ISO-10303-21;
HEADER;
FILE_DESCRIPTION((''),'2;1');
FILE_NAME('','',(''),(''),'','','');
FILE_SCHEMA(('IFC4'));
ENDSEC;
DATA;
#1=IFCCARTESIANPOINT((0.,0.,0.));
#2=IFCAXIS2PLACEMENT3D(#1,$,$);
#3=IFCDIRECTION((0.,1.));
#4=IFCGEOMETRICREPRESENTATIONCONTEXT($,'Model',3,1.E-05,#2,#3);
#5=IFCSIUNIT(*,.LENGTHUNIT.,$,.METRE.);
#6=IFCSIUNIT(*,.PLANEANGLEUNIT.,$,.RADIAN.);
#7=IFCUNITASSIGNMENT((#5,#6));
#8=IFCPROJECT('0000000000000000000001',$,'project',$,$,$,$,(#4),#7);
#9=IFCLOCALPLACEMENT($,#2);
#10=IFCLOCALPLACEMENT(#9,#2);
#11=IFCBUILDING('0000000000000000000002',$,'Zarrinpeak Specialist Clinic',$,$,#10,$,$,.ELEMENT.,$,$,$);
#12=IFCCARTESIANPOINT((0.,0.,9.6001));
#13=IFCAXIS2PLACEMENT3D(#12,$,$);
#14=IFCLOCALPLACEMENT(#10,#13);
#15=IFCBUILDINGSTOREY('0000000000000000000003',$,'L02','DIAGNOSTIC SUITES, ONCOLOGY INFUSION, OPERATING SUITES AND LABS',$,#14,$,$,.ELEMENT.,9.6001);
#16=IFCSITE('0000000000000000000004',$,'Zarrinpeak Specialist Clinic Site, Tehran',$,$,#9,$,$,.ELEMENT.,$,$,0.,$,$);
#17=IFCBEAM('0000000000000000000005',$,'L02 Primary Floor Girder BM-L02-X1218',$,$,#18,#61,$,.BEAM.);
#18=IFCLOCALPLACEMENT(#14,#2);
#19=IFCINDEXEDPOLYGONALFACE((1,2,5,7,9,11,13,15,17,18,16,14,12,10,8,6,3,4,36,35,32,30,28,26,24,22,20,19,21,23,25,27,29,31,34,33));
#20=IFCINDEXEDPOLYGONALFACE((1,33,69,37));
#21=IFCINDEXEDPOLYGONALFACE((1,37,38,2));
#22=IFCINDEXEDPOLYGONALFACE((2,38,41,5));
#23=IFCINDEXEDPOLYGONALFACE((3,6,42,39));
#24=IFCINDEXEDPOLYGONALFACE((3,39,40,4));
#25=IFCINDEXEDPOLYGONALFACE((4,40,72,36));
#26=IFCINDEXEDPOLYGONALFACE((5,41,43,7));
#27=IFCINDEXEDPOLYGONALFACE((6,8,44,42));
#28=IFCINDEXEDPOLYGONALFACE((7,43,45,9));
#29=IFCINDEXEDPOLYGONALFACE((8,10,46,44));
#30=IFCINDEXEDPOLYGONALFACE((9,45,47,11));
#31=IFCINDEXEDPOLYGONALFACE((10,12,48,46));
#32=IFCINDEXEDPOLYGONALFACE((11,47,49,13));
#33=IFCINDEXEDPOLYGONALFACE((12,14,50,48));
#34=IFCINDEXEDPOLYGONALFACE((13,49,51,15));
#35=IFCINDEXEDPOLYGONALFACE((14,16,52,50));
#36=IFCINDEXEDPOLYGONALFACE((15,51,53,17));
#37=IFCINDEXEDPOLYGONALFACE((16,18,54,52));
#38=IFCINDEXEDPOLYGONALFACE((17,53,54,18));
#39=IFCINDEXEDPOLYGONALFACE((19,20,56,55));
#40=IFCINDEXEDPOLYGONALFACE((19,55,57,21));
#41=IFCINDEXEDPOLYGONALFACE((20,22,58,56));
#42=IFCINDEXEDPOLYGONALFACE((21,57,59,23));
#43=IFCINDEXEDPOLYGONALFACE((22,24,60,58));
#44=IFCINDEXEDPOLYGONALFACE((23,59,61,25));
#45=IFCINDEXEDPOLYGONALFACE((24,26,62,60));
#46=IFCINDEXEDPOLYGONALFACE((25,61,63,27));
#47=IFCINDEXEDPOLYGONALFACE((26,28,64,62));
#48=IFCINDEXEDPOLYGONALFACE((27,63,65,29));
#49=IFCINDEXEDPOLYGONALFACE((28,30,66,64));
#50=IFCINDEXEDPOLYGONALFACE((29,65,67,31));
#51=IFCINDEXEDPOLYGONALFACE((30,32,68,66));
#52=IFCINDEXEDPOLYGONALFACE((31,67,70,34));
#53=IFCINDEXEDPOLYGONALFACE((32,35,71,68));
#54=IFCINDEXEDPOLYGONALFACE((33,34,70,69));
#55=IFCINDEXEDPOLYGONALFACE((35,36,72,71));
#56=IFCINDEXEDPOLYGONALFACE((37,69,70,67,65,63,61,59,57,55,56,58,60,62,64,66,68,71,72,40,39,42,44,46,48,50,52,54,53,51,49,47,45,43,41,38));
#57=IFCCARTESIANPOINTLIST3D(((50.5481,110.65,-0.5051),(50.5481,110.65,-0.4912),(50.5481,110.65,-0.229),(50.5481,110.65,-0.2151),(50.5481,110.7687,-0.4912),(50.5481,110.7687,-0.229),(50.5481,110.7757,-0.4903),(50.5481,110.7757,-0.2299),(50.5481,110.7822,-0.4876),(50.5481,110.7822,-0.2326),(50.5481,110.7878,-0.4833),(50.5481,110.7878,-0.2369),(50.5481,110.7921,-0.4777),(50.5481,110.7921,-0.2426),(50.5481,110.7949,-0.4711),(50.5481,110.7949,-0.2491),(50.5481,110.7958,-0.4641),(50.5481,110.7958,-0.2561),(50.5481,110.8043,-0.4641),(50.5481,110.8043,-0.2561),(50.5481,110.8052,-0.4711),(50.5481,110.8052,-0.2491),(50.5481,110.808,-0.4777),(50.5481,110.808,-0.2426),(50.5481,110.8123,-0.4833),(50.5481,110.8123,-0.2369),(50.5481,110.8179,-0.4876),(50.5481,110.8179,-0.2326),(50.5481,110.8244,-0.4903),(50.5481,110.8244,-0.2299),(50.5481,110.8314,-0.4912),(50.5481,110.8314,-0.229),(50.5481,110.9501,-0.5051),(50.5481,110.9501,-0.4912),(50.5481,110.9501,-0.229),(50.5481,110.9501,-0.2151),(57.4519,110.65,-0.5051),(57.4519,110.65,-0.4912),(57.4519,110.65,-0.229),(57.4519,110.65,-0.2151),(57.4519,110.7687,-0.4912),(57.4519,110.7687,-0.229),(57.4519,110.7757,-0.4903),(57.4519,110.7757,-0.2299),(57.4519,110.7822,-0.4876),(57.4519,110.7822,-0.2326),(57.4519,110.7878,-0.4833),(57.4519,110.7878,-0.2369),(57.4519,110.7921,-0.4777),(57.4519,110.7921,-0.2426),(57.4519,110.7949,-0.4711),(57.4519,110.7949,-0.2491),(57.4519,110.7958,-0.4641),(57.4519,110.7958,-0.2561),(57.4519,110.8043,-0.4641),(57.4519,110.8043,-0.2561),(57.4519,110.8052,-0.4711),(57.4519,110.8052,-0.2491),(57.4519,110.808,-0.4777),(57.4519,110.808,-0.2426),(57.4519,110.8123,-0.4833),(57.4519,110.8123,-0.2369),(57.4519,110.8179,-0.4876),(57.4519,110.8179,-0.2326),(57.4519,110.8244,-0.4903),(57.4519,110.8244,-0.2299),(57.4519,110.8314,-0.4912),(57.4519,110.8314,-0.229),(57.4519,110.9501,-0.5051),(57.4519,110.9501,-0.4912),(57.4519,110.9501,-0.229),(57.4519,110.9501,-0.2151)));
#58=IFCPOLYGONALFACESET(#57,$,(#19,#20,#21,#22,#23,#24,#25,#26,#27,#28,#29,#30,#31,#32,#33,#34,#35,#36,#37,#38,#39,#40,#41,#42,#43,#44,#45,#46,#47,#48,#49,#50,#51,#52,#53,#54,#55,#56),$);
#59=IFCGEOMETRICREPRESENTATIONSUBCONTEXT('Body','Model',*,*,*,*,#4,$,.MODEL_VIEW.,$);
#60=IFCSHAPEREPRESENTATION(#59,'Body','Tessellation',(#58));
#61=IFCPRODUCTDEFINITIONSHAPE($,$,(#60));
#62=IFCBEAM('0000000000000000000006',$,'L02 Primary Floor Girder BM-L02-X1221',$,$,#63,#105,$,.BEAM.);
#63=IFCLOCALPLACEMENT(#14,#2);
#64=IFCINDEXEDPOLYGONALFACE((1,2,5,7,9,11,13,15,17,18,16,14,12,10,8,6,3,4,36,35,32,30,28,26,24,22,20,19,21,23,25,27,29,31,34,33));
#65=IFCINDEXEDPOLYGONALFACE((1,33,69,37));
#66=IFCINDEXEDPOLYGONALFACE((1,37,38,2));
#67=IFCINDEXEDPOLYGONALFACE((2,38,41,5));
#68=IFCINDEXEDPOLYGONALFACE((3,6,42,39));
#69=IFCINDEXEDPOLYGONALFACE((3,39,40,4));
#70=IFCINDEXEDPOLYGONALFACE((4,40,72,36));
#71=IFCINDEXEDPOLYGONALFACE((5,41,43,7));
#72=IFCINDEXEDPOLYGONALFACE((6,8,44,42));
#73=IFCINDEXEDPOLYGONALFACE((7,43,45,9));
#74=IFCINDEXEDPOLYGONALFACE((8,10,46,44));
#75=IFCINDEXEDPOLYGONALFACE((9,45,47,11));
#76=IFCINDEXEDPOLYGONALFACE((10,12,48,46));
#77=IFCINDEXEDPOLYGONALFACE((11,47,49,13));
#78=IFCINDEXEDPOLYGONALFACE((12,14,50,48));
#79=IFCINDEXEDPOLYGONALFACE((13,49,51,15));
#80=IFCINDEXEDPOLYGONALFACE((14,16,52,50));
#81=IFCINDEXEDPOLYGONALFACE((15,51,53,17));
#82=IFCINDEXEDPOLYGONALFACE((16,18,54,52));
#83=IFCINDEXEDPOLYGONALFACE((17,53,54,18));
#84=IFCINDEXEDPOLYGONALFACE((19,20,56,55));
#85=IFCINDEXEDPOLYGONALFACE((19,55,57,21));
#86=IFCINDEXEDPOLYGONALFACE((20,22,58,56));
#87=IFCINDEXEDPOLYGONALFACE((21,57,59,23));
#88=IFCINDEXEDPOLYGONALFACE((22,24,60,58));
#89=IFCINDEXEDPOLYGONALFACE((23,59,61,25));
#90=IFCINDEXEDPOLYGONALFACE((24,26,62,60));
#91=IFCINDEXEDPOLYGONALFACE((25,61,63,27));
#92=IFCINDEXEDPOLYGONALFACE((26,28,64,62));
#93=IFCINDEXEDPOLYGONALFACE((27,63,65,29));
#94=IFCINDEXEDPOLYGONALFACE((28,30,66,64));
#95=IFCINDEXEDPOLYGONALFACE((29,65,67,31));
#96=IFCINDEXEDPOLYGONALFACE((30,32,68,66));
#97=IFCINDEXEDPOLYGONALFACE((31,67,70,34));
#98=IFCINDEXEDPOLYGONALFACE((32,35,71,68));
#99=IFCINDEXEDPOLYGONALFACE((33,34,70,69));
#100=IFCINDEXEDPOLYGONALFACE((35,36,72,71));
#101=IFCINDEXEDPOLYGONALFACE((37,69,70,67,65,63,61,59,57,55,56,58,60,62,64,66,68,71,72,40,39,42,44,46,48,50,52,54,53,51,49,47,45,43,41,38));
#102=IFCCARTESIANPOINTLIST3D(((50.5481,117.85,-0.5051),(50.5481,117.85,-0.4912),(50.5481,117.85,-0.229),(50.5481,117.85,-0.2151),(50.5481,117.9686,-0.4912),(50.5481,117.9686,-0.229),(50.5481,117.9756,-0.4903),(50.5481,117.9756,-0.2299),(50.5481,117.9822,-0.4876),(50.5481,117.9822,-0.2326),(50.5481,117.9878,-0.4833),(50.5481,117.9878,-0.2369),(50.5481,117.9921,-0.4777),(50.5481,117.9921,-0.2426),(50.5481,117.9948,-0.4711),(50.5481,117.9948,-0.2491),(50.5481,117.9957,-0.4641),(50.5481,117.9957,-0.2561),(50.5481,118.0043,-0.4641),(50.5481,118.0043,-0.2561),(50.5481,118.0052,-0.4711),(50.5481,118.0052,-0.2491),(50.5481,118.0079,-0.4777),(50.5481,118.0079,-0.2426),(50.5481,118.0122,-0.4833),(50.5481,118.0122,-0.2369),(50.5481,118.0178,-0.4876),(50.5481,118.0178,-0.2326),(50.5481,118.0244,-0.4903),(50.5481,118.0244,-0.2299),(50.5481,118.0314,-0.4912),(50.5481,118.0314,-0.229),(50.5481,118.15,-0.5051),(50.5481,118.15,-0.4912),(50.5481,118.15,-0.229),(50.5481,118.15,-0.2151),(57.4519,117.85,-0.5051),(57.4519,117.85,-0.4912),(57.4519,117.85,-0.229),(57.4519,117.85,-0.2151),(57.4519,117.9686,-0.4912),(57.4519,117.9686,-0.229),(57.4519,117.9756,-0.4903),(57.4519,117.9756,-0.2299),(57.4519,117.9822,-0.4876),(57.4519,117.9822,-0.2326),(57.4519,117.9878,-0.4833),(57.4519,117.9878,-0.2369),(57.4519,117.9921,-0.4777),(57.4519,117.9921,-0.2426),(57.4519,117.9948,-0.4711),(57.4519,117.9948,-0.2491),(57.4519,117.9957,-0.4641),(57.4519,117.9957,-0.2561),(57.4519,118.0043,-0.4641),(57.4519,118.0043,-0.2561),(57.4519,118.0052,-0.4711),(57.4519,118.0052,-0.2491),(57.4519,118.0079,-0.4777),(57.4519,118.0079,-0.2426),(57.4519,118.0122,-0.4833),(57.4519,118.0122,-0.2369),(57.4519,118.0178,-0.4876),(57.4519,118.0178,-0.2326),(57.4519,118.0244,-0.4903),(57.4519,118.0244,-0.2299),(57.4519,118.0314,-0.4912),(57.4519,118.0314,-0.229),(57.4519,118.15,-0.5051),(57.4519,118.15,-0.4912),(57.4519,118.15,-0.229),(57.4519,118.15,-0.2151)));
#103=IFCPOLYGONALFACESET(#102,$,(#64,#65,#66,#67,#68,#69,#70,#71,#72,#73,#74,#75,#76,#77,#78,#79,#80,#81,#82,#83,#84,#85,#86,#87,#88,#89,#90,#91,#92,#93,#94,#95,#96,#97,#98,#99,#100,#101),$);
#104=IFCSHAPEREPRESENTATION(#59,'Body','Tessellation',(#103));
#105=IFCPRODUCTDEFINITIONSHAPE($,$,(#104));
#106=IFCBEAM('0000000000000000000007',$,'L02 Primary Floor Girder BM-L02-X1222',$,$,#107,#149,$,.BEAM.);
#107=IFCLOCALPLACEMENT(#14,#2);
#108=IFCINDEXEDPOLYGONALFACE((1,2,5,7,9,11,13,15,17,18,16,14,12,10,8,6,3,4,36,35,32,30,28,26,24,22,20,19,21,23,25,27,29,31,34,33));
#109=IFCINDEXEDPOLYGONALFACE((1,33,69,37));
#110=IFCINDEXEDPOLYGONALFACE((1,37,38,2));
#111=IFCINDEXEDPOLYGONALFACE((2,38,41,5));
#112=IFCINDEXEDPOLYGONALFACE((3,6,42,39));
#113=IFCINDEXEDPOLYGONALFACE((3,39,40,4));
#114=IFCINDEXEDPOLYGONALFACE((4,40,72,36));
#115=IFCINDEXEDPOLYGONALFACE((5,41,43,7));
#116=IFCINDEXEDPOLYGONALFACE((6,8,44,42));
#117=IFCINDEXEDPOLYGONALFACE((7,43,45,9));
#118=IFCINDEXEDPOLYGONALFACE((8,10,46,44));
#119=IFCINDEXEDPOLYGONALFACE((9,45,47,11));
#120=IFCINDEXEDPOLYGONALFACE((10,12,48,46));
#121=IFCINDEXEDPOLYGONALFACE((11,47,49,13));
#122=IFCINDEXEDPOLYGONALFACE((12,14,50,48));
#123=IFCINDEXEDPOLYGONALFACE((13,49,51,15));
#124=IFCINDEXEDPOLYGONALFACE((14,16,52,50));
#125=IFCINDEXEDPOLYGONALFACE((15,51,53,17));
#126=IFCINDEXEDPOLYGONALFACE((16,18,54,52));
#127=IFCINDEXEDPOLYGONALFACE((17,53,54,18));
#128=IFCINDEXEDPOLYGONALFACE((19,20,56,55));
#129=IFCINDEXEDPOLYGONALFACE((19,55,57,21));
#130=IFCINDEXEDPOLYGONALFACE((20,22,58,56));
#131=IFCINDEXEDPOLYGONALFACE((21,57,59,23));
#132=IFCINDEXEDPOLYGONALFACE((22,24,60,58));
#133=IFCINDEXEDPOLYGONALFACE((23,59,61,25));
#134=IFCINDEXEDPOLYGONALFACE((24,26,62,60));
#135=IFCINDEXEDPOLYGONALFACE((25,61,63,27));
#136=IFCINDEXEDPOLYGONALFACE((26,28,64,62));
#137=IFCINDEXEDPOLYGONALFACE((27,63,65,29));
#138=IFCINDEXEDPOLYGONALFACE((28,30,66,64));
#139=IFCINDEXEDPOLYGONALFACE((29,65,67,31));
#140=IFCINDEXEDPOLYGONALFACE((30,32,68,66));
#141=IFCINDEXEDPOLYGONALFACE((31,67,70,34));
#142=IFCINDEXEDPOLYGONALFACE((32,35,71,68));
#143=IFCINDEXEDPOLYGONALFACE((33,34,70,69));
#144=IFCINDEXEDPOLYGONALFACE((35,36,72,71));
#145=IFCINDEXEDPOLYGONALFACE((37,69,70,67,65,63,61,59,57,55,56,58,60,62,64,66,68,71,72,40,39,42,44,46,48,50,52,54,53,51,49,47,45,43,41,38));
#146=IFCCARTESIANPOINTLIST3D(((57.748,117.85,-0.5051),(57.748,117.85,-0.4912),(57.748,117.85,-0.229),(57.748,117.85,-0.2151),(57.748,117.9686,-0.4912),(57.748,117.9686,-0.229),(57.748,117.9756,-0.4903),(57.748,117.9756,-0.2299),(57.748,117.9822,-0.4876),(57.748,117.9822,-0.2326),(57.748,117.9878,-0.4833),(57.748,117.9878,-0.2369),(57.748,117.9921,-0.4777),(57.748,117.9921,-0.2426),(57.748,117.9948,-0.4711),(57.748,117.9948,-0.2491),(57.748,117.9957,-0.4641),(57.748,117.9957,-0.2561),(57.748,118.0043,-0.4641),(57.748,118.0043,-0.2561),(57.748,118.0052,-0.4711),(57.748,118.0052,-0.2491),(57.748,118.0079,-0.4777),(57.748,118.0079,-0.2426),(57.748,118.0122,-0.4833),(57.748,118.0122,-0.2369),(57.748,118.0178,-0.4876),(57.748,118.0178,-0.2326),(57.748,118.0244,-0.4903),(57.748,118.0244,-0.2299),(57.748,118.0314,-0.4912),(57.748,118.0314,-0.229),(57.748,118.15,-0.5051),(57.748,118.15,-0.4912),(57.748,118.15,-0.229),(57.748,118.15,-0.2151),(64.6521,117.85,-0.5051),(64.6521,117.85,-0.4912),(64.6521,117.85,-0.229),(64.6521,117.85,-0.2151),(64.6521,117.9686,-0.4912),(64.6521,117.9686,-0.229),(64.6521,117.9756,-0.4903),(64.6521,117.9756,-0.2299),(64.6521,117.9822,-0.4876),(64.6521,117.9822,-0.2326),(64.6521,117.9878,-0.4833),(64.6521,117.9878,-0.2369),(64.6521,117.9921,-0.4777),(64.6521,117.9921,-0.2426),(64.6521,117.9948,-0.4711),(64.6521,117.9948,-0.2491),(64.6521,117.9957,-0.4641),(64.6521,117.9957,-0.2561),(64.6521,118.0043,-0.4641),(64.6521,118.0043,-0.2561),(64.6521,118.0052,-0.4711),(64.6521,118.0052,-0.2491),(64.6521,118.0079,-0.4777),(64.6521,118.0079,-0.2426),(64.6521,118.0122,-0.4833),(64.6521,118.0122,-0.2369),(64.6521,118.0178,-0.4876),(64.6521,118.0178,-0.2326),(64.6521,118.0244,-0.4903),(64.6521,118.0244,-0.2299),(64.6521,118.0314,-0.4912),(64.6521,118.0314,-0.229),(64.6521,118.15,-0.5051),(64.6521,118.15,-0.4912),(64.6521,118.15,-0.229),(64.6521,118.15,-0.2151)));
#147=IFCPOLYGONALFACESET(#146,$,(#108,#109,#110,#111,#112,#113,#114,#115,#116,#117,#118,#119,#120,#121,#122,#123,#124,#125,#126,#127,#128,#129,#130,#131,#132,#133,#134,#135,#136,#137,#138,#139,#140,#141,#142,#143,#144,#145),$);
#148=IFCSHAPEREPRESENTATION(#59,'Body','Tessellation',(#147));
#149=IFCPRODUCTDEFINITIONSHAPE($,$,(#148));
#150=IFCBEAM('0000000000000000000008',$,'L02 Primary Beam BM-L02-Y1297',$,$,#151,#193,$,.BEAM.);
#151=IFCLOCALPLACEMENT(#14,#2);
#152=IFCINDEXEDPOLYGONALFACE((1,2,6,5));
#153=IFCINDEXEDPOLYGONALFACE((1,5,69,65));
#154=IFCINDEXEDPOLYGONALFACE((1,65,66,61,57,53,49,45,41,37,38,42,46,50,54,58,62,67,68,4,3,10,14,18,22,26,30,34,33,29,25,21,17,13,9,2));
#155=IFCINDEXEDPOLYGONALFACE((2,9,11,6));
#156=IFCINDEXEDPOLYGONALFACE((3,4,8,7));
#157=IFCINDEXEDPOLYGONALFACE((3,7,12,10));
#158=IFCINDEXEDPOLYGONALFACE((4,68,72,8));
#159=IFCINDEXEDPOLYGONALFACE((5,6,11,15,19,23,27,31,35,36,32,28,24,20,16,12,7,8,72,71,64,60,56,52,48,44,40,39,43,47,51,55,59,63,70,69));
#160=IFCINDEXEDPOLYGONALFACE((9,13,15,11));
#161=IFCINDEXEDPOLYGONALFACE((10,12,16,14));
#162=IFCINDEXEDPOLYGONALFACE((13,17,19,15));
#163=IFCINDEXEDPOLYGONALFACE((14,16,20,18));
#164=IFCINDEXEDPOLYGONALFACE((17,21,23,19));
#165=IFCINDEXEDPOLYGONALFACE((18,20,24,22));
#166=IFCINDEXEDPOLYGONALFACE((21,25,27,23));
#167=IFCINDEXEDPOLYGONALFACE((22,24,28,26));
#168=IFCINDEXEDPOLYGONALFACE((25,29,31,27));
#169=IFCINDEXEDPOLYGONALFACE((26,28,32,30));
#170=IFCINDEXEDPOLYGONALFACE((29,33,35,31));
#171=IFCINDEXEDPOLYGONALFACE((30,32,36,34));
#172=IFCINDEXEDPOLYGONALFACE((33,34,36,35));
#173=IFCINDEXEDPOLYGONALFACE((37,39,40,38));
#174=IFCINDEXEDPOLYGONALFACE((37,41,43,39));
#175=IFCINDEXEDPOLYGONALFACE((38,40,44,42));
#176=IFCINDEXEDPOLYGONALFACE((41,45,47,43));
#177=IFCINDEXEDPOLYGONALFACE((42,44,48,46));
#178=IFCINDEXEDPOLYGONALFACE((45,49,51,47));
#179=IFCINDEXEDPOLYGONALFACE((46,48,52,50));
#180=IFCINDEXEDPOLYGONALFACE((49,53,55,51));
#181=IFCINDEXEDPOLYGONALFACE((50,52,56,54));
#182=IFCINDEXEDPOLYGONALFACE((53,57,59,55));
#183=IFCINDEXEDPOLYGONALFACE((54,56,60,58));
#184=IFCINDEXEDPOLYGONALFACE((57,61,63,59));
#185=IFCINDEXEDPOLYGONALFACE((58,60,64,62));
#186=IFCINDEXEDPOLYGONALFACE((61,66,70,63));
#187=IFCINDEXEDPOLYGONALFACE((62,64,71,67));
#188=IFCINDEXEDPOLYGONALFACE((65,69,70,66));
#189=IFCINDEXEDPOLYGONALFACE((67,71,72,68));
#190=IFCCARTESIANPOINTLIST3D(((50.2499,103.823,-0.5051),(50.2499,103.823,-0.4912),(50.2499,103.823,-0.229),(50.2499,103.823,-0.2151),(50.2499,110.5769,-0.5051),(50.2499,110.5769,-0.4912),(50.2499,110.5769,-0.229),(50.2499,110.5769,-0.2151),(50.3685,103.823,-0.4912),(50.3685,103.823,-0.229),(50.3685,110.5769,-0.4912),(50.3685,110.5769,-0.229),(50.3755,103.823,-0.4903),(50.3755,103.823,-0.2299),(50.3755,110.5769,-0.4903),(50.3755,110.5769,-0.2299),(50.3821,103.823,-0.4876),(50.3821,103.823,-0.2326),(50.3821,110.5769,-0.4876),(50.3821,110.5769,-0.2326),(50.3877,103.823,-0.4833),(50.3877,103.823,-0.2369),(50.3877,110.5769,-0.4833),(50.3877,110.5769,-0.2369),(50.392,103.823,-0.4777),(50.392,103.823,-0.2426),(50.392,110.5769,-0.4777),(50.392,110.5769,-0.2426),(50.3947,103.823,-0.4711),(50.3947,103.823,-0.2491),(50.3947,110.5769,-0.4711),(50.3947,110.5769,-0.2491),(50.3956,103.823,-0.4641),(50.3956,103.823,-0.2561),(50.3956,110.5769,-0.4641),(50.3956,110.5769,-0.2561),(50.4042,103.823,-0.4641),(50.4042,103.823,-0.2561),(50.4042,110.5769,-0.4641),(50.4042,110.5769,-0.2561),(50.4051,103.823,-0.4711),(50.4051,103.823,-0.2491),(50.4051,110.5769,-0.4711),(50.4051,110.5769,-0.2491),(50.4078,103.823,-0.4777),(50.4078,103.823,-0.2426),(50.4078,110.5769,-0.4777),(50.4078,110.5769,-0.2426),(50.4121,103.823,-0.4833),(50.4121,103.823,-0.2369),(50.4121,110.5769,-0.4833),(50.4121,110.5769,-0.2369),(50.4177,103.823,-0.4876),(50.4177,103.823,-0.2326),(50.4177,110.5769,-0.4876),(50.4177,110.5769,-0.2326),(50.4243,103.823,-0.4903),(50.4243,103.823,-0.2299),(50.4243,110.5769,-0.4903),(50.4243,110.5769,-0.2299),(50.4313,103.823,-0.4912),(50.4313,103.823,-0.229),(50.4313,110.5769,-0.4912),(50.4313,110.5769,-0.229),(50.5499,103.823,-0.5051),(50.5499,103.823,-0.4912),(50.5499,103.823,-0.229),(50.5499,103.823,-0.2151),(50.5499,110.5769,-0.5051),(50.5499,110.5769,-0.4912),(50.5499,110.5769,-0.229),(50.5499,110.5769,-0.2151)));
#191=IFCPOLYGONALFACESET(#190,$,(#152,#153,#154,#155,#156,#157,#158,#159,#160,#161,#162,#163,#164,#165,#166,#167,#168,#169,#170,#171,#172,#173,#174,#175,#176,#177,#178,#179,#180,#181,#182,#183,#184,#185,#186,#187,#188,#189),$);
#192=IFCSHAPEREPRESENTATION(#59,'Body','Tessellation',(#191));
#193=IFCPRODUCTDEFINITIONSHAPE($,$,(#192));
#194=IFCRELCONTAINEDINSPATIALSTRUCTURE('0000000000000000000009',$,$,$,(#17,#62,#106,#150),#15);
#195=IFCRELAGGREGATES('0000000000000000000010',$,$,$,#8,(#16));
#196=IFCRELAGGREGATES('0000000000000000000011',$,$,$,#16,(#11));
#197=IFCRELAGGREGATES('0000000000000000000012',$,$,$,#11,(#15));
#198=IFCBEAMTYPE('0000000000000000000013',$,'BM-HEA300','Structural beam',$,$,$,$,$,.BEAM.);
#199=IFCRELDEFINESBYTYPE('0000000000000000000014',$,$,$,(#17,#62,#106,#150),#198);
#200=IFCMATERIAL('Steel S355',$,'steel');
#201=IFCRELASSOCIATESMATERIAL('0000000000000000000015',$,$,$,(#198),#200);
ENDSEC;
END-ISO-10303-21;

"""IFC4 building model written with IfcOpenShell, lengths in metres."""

from ifc_helpers import new_model, si_unit, direction, frame, origin, origin_2d, place, context, subcontext, project, spatial, i_section, extrude, material, material_profile, profile_set, type_object, element, save


model = new_model("IFC4")

# Units and contexts
model_context = context("Model", 3, precision=1e-05, world=origin(), true_north=direction((0.0, 1.0)))
body_context = subcontext(model_context, "Body", "Model", "MODEL_VIEW")
ifc_project = project(units=[si_unit("LENGTHUNIT", "METRE"), si_unit("PLANEANGLEUNIT", "RADIAN")], contexts=[model_context])

# Site, building, storey
site_placement = place(None, origin())
site = spatial("IfcSite", under=ifc_project, at=site_placement, Name="Zarrinpeak Specialist Clinic Site, Tehran", CompositionType="ELEMENT", RefElevation=0.0)
building_placement = place(site_placement, origin())
building = spatial("IfcBuilding", under=site, at=building_placement, Name="Zarrinpeak Specialist Clinic", CompositionType="ELEMENT")
storey_placement = place(building_placement, frame((0.0, 0.0, 9.6001)))
storey = spatial("IfcBuildingStorey", under=building, at=storey_placement, Name="L02", Description="DIAGNOSTIC SUITES, ONCOLOGY INFUSION, OPERATING SUITES AND LABS", CompositionType="ELEMENT", Elevation=9.6001)

# Shared definitions
ifc_material_1 = material(Name="Steel S355", Category="steel")

# Beams
ifc_material_profile_1 = material_profile(ifc_material_1, i_section(OverallWidth=0.3, OverallDepth=0.29, WebThickness=0.0085, FlangeThickness=0.0139, FilletRadius=0.0271, at=origin_2d()), Name="HEA 300")
ifc_profile_set_1 = profile_set([ifc_material_profile_1], Name="Steel S355")
beam_type_1 = type_object("IfcBeamType", Name="BM-HEA300", Description="Structural beam", PredefinedType="BEAM", material=ifc_profile_set_1)
for number, where, z_axis, x_axis, name in (
    (1, (50.5481, 110.8, -0.3601), (1.0, 0.0, 0.0), (0.0, 1.0, 0.0), "L02 Primary Floor Girder BM-L02-X1218"),
    (2, (50.5481, 118.0, -0.3601), (1.0, 0.0, 0.0), (0.0, 1.0, 0.0), "L02 Primary Floor Girder BM-L02-X1221"),
):
    element("IfcBeam", number, at=place(storey_placement, frame(where, z_axis=z_axis, x_axis=x_axis)), inside=storey, type_object=beam_type_1, Name=name, PredefinedType="BEAM", context=body_context, shape_type="SweptSolid", body=[
        extrude(i_section(OverallWidth=0.3, OverallDepth=0.29, WebThickness=0.0085, FlangeThickness=0.0139, FilletRadius=0.0271, at=origin_2d()), origin(), (0.0, 0.0, 1.0), 6.9038),
    ])
beam_1_placement = place(storey_placement, frame((57.748, 118.0, -0.3601), z_axis=(1.0, 0.0, 0.0), x_axis=(0.0, 1.0, 0.0)))
element("IfcBeam", 3, at=beam_1_placement, inside=storey, type_object=beam_type_1, Name="L02 Primary Floor Girder BM-L02-X1222", PredefinedType="BEAM", context=body_context, shape_type="SweptSolid", body=[
    extrude(i_section(OverallWidth=0.3, OverallDepth=0.29, WebThickness=0.0085, FlangeThickness=0.0139, FilletRadius=0.0271, at=origin_2d()), origin(), (0.0, 0.0, 1.0), 6.9041),
])
beam_2_placement = place(storey_placement, frame((50.3999, 103.823, -0.3601), z_axis=(0.0, 1.0, 0.0), x_axis=(-1.0, 0.0, 0.0)))
element("IfcBeam", 4, at=beam_2_placement, inside=storey, type_object=beam_type_1, Name="L02 Primary Beam BM-L02-Y1297", PredefinedType="BEAM", context=body_context, shape_type="SweptSolid", body=[
    extrude(i_section(OverallWidth=0.3, OverallDepth=0.29, WebThickness=0.0085, FlangeThickness=0.0139, FilletRadius=0.0271, at=origin_2d()), origin(), (0.0, 0.0, 1.0), 6.7539),
])

save(model, "model.ifc")
